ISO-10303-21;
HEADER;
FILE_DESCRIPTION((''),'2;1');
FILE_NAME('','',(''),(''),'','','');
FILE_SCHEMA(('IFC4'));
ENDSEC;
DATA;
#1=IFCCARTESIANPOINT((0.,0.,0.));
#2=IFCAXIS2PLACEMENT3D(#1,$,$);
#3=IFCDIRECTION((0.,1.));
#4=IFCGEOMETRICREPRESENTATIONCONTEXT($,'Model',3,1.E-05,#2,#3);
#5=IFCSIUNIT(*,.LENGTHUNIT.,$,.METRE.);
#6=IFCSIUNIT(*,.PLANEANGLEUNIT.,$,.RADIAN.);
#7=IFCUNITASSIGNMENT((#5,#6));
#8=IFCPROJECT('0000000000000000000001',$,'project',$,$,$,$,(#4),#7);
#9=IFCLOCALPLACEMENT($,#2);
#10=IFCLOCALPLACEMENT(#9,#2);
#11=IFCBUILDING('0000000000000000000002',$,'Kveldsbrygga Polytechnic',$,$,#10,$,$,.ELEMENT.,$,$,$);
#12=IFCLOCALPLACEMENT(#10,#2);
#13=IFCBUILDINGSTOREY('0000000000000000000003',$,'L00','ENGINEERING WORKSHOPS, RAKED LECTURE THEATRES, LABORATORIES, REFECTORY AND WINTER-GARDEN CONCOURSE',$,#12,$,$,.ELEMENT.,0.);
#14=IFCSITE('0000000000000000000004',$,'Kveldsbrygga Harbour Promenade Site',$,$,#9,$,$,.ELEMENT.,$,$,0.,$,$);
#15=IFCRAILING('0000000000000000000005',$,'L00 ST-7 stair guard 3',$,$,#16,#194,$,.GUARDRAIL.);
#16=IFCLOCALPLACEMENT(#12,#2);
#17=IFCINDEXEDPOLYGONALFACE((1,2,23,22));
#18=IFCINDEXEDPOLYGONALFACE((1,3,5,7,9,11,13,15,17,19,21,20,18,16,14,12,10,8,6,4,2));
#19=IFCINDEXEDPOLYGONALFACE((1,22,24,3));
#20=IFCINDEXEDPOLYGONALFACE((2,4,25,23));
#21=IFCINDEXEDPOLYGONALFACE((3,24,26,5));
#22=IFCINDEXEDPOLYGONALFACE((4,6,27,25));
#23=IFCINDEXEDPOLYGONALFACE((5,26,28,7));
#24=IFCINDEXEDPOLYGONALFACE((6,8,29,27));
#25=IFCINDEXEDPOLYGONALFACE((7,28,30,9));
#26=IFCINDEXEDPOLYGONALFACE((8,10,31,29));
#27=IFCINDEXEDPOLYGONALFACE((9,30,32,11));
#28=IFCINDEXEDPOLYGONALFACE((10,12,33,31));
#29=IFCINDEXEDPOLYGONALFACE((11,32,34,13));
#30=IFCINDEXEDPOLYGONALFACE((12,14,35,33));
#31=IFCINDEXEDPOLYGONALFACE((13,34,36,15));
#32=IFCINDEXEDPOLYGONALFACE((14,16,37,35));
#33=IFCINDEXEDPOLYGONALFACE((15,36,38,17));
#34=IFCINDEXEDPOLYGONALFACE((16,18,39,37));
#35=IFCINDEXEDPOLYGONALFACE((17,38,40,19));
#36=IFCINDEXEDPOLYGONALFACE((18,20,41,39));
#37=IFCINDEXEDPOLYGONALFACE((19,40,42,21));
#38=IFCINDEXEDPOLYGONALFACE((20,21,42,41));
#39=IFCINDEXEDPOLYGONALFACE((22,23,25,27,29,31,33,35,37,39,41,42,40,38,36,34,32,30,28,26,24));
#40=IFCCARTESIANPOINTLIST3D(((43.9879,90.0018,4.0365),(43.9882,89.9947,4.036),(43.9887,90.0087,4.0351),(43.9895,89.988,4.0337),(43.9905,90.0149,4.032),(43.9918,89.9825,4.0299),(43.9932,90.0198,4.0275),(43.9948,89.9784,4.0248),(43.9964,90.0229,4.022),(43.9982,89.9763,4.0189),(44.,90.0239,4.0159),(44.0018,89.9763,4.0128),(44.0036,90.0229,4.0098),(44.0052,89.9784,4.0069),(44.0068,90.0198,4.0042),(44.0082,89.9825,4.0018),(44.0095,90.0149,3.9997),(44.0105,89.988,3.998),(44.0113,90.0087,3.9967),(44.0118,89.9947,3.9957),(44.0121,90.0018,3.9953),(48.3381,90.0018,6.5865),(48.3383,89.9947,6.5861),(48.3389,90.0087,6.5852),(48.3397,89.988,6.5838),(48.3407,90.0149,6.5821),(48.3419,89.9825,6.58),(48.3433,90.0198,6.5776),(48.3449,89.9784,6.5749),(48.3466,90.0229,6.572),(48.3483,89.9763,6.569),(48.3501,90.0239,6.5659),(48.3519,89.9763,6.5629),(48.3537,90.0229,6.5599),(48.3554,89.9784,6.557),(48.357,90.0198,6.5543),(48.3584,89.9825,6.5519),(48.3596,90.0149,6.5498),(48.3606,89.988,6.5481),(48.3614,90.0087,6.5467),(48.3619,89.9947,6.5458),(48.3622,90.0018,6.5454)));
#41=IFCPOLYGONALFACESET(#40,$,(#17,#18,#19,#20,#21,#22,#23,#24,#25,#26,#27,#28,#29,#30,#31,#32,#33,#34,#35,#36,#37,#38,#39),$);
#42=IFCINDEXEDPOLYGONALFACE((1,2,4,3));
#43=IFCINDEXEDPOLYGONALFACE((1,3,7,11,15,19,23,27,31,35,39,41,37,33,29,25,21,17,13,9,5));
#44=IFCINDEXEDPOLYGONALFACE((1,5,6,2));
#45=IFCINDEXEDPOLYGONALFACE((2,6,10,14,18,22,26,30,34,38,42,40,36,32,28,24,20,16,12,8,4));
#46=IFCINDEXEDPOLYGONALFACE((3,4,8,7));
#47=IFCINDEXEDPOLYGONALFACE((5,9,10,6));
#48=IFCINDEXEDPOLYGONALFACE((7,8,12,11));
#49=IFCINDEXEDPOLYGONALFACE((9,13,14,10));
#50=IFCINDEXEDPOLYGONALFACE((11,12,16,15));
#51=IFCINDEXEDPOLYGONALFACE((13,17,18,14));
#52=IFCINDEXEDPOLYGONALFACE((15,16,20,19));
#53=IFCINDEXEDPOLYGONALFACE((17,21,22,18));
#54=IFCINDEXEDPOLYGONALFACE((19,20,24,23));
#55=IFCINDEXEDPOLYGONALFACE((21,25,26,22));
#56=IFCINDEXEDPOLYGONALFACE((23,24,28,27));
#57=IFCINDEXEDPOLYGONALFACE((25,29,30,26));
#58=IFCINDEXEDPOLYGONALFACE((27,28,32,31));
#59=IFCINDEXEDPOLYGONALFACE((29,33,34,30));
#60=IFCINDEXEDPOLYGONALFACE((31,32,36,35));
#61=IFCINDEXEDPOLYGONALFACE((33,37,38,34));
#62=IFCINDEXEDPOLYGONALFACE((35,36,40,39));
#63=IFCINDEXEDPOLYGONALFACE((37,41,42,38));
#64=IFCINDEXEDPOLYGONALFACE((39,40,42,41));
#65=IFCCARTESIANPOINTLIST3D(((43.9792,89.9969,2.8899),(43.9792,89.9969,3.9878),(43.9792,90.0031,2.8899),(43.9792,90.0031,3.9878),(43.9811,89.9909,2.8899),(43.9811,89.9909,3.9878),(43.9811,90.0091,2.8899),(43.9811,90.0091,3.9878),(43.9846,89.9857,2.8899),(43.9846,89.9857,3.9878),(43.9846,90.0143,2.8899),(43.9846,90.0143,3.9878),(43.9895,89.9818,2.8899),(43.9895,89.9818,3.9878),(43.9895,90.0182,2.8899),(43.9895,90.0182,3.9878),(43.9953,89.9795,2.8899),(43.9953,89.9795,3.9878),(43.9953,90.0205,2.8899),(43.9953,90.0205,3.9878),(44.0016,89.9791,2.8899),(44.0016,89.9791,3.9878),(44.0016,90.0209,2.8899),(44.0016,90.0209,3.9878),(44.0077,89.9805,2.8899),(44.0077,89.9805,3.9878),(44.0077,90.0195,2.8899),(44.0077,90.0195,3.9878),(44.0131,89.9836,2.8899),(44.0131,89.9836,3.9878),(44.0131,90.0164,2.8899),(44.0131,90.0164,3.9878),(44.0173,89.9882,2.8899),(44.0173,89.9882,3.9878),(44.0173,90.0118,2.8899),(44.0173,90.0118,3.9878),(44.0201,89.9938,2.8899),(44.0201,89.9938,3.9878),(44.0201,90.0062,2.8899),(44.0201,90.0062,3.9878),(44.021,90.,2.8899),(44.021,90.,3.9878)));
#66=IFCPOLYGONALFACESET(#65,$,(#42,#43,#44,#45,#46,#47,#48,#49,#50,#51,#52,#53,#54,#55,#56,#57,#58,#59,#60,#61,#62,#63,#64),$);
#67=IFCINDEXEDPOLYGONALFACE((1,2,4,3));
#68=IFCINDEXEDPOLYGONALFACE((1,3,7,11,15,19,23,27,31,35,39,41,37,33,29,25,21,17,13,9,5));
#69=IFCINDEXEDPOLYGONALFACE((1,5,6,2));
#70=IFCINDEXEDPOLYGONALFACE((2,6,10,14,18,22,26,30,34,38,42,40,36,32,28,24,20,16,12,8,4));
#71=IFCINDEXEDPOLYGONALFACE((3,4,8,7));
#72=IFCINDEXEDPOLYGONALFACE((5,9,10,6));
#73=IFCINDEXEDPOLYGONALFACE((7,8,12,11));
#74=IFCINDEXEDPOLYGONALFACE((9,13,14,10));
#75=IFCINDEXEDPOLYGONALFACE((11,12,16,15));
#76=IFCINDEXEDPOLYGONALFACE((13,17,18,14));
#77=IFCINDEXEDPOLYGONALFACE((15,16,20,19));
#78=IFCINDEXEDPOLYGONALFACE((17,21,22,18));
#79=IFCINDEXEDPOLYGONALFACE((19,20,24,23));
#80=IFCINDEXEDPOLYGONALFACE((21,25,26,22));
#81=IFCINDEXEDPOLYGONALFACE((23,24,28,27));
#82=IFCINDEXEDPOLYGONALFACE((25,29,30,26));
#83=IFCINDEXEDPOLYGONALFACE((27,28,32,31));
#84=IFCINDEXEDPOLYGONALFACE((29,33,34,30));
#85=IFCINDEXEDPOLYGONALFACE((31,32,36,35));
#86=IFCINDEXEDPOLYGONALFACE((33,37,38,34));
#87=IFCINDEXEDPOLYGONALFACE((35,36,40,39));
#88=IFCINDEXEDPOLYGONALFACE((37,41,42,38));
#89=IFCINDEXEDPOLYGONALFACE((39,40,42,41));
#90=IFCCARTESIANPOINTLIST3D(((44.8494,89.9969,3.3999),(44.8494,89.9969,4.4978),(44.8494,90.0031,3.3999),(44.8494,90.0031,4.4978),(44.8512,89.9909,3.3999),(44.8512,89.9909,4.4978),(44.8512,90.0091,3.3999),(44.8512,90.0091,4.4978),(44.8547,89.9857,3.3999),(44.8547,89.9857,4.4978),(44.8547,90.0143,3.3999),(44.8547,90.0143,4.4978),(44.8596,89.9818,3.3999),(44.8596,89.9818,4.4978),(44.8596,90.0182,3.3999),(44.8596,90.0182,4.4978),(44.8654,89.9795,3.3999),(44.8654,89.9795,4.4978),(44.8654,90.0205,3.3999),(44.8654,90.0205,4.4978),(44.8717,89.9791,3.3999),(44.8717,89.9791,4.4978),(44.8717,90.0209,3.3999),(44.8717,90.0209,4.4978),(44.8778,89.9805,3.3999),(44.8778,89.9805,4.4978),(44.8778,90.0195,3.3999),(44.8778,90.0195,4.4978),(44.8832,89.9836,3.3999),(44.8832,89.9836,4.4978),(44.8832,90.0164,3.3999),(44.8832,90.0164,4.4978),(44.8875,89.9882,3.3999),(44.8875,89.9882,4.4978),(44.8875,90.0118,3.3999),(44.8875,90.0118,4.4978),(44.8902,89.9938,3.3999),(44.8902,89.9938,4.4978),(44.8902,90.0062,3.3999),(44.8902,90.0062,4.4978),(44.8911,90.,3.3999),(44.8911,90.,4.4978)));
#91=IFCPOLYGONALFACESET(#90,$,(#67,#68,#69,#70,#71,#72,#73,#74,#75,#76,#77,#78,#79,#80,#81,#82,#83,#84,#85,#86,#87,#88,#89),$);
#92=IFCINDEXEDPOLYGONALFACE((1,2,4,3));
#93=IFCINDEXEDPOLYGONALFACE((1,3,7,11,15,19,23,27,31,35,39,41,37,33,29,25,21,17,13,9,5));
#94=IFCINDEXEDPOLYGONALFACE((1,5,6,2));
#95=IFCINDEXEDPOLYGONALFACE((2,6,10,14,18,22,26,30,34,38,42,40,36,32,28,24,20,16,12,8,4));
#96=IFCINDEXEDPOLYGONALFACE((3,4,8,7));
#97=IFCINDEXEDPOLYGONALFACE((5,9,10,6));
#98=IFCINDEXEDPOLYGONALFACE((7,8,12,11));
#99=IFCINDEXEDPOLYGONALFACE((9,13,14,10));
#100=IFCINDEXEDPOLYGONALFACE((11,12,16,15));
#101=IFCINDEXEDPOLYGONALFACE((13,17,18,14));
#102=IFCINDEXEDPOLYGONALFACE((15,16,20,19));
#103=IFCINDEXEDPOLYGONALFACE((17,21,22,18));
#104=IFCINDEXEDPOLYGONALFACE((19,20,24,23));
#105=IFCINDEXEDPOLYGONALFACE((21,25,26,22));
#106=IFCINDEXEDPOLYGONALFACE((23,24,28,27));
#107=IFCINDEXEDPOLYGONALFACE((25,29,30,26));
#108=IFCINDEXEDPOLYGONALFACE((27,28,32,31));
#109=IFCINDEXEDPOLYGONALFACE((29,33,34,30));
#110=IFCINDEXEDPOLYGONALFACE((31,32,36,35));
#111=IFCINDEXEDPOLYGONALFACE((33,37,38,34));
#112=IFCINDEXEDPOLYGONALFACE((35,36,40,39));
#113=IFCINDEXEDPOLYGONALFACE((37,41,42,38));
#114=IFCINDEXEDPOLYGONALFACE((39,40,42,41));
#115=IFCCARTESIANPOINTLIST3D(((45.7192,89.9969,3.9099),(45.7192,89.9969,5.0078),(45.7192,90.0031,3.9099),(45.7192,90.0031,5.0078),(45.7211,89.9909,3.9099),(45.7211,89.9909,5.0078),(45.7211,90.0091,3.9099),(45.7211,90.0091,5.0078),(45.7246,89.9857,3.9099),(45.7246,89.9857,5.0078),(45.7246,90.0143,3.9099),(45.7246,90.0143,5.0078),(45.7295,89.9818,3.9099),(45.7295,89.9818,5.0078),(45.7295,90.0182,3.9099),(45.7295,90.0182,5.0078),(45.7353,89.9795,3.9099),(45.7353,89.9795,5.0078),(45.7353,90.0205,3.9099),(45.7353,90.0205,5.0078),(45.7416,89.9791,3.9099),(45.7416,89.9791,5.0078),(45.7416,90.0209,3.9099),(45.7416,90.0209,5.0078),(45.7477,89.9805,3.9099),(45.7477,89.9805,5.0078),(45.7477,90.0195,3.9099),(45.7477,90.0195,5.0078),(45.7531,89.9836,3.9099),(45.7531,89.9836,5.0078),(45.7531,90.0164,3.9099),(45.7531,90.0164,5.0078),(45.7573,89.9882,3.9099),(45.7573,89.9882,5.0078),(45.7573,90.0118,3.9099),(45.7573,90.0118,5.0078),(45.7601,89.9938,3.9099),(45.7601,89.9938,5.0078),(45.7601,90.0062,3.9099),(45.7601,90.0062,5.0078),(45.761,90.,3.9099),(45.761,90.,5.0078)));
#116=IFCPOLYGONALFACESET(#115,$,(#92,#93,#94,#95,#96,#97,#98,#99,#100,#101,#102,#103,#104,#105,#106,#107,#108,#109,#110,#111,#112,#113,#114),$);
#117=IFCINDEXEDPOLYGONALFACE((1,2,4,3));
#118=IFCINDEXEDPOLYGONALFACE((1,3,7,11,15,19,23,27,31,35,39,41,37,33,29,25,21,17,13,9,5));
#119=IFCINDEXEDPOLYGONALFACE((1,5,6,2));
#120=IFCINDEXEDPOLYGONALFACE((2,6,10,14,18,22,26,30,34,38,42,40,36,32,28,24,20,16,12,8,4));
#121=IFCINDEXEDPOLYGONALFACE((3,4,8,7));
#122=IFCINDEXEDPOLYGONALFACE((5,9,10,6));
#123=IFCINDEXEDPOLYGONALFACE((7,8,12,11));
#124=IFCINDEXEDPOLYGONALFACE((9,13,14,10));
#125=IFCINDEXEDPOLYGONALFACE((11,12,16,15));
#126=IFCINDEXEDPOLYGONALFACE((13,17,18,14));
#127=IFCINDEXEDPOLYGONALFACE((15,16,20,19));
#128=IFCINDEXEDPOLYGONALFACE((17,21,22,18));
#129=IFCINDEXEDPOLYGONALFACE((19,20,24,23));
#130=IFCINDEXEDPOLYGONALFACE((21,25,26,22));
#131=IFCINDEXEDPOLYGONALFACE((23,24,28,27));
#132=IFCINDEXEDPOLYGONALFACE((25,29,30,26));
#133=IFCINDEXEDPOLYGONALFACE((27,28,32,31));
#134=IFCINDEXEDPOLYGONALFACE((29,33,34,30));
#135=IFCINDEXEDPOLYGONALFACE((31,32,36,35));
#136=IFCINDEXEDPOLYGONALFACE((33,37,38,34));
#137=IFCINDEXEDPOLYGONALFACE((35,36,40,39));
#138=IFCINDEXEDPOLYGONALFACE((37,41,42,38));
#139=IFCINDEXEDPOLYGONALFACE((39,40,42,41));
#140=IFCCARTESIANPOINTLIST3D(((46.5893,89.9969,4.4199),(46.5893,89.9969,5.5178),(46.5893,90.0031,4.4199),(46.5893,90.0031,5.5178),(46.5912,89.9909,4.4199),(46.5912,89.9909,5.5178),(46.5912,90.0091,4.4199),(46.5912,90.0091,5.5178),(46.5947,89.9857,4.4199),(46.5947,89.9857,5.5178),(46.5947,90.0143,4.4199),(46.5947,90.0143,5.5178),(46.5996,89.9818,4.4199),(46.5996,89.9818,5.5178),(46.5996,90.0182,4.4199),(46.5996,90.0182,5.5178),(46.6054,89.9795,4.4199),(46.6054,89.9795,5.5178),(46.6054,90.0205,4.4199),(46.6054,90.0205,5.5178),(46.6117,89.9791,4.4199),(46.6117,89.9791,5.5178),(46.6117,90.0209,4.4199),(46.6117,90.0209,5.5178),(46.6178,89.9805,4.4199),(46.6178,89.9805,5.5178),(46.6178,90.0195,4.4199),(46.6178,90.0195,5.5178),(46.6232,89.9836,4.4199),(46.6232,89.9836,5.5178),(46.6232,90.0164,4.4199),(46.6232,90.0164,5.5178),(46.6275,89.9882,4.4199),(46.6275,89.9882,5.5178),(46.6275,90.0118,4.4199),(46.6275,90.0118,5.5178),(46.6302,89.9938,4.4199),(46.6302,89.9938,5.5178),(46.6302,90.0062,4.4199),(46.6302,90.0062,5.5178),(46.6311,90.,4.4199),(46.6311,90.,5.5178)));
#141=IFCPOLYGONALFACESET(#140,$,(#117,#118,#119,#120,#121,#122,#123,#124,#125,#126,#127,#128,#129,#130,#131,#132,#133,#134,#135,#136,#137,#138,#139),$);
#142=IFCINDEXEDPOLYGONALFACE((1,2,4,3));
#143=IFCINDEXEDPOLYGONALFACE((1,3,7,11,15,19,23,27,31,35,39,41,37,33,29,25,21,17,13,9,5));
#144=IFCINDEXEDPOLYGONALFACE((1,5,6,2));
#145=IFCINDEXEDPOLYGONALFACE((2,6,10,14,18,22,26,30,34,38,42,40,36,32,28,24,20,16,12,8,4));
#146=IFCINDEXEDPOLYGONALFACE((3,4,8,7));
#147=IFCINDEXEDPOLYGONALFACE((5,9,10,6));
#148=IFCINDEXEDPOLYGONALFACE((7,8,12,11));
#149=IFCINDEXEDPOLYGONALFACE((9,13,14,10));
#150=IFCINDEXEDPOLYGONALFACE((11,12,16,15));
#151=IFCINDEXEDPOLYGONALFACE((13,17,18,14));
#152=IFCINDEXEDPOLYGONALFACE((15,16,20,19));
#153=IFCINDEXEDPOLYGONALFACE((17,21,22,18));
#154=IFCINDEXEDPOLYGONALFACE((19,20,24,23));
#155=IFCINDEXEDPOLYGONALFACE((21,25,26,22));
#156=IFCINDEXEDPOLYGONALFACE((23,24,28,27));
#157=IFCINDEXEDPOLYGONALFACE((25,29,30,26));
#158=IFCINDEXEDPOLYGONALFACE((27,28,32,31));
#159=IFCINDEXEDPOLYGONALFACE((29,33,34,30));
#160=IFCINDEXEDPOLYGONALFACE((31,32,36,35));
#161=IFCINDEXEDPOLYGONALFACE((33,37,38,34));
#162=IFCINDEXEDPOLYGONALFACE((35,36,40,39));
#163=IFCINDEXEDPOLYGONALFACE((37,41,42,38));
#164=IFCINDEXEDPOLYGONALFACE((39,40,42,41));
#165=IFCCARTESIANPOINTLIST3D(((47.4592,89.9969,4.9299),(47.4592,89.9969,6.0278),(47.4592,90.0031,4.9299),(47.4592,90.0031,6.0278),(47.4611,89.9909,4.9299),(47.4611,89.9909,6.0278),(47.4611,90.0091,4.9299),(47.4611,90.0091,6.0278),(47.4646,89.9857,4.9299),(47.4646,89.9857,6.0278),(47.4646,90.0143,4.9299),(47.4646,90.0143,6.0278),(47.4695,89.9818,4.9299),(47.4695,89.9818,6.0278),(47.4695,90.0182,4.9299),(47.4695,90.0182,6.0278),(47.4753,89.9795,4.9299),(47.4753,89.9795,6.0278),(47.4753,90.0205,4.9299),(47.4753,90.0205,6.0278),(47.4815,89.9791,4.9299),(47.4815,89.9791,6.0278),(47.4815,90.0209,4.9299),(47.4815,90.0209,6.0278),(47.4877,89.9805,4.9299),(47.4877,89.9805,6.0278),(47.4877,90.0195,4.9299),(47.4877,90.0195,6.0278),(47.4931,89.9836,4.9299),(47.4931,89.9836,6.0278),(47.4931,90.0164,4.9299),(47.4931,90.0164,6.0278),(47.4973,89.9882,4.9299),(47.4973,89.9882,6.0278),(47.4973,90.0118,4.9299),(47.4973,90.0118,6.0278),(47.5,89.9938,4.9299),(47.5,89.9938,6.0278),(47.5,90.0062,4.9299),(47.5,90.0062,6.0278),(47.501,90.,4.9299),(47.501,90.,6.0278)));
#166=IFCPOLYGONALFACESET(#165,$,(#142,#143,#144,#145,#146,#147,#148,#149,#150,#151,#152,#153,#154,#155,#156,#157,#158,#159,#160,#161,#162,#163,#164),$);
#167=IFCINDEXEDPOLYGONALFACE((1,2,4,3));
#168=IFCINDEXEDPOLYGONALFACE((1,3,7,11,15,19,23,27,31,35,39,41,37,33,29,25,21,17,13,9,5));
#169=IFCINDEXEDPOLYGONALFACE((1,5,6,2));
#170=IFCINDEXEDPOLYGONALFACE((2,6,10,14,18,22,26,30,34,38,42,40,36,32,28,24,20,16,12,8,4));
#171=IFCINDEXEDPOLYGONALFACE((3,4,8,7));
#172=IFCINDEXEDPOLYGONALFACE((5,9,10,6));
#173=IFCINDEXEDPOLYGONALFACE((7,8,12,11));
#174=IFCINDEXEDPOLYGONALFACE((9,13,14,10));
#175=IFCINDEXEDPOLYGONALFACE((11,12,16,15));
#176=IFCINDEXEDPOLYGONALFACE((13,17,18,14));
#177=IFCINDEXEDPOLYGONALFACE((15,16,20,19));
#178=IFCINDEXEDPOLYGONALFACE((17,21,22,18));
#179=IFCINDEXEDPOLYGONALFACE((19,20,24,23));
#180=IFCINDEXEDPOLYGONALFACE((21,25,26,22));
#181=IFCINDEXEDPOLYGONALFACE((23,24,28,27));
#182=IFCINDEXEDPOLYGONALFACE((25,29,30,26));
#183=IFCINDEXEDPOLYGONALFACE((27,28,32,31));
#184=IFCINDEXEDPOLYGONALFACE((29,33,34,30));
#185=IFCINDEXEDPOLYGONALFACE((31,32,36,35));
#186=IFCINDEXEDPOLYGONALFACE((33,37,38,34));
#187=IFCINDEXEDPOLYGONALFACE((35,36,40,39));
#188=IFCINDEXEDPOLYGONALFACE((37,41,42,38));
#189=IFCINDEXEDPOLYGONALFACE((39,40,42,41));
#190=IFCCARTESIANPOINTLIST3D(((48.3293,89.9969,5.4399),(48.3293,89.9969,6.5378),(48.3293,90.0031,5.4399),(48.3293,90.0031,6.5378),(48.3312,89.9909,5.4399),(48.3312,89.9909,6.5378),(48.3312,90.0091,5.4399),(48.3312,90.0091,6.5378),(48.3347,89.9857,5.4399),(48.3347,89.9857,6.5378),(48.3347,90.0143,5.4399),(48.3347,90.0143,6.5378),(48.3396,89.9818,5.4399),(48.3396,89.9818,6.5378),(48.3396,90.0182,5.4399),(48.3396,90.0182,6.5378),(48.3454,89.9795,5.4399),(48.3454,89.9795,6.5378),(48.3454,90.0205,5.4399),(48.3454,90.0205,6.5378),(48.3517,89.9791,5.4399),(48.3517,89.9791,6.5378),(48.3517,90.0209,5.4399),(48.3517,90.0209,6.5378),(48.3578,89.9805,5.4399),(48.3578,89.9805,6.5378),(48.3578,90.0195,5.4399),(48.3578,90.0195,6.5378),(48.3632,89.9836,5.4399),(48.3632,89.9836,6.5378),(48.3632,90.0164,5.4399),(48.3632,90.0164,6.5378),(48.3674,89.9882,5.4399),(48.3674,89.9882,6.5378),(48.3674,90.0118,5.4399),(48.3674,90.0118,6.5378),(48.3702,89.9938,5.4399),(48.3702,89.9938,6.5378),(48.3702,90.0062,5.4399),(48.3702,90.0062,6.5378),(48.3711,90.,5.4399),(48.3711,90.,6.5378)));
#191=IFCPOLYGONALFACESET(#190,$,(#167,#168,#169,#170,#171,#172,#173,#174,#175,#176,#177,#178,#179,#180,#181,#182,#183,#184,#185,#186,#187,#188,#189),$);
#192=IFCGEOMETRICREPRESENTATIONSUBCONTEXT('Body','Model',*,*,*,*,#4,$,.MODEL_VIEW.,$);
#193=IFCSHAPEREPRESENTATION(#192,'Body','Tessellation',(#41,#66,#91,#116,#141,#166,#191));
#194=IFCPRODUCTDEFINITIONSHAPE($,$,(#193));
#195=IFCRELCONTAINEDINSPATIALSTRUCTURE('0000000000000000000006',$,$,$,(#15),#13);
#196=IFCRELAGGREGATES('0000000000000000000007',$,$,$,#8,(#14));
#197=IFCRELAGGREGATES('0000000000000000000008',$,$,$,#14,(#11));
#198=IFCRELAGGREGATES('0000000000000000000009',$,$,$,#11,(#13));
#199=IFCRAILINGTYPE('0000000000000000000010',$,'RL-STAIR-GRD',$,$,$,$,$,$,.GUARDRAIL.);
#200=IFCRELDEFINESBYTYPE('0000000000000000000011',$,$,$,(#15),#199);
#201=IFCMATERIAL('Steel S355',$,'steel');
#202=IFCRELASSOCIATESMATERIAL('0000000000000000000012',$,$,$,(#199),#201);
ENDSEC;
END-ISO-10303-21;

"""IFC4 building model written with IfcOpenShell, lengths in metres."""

from ifc_helpers import new_model, si_unit, direction, frame, origin, origin_2d, place, context, subcontext, project, spatial, circle, extrude, material, type_object, element, save


model = new_model("IFC4")

# Units and contexts
model_context = context("Model", 3, precision=1e-05, world=origin(), true_north=direction((0.0, 1.0)))
body_context = subcontext(model_context, "Body", "Model", "MODEL_VIEW")
ifc_project = project(units=[si_unit("LENGTHUNIT", "METRE"), si_unit("PLANEANGLEUNIT", "RADIAN")], contexts=[model_context])

# Site, building, storey
site_placement = place(None, origin())
site = spatial("IfcSite", under=ifc_project, at=site_placement, Name="Kveldsbrygga Harbour Promenade Site", CompositionType="ELEMENT", RefElevation=0.0)
building_placement = place(site_placement, origin())
building = spatial("IfcBuilding", under=site, at=building_placement, Name="Kveldsbrygga Polytechnic", CompositionType="ELEMENT")
storey_placement = place(building_placement, origin())
storey = spatial("IfcBuildingStorey", under=building, at=storey_placement, Name="L00", Description="ENGINEERING WORKSHOPS, RAKED LECTURE THEATRES, LABORATORIES, REFECTORY AND WINTER-GARDEN CONCOURSE", CompositionType="ELEMENT", Elevation=0.0)

# Railing
ifc_material_1 = material(Name="Steel S355", Category="steel")
railing_type_1 = type_object("IfcRailingType", Name="RL-STAIR-GRD", PredefinedType="GUARDRAIL", material=ifc_material_1)
railing_1_placement = place(storey_placement, frame((44.0, 90.0, 2.8899)))
element("IfcRailing", 1, at=railing_1_placement, inside=storey, type_object=railing_type_1, Name="L00 ST-7 stair guard 3", PredefinedType="GUARDRAIL", context=body_context, shape_type="SweptSolid", body=[
    extrude(circle(Radius=0.0239, at=origin_2d()), frame((0.0, 0.0, 1.126), z_axis=(0.862699, 0.0, 0.505718), x_axis=(0.0, 1.0, 0.0)), (0.0, 0.0, 1.0), 5.0425),
    extrude(circle(Radius=0.021, at=origin_2d()), origin(), (0.0, 0.0, 1.0), 1.0979),
    extrude(circle(Radius=0.021, at=origin_2d()), frame((0.8701, 0.0, 0.51)), (0.0, 0.0, 1.0), 1.0979),
    extrude(circle(Radius=0.021, at=origin_2d()), frame((1.74, 0.0, 1.02)), (0.0, 0.0, 1.0), 1.0979),
    extrude(circle(Radius=0.021, at=origin_2d()), frame((2.6101, 0.0, 1.53)), (0.0, 0.0, 1.0), 1.0979),
    extrude(circle(Radius=0.021, at=origin_2d()), frame((3.48, 0.0, 2.04)), (0.0, 0.0, 1.0), 1.0979),
    extrude(circle(Radius=0.021, at=origin_2d()), frame((4.3501, 0.0, 2.55)), (0.0, 0.0, 1.0), 1.0979),
])

save(model, "model.ifc")
